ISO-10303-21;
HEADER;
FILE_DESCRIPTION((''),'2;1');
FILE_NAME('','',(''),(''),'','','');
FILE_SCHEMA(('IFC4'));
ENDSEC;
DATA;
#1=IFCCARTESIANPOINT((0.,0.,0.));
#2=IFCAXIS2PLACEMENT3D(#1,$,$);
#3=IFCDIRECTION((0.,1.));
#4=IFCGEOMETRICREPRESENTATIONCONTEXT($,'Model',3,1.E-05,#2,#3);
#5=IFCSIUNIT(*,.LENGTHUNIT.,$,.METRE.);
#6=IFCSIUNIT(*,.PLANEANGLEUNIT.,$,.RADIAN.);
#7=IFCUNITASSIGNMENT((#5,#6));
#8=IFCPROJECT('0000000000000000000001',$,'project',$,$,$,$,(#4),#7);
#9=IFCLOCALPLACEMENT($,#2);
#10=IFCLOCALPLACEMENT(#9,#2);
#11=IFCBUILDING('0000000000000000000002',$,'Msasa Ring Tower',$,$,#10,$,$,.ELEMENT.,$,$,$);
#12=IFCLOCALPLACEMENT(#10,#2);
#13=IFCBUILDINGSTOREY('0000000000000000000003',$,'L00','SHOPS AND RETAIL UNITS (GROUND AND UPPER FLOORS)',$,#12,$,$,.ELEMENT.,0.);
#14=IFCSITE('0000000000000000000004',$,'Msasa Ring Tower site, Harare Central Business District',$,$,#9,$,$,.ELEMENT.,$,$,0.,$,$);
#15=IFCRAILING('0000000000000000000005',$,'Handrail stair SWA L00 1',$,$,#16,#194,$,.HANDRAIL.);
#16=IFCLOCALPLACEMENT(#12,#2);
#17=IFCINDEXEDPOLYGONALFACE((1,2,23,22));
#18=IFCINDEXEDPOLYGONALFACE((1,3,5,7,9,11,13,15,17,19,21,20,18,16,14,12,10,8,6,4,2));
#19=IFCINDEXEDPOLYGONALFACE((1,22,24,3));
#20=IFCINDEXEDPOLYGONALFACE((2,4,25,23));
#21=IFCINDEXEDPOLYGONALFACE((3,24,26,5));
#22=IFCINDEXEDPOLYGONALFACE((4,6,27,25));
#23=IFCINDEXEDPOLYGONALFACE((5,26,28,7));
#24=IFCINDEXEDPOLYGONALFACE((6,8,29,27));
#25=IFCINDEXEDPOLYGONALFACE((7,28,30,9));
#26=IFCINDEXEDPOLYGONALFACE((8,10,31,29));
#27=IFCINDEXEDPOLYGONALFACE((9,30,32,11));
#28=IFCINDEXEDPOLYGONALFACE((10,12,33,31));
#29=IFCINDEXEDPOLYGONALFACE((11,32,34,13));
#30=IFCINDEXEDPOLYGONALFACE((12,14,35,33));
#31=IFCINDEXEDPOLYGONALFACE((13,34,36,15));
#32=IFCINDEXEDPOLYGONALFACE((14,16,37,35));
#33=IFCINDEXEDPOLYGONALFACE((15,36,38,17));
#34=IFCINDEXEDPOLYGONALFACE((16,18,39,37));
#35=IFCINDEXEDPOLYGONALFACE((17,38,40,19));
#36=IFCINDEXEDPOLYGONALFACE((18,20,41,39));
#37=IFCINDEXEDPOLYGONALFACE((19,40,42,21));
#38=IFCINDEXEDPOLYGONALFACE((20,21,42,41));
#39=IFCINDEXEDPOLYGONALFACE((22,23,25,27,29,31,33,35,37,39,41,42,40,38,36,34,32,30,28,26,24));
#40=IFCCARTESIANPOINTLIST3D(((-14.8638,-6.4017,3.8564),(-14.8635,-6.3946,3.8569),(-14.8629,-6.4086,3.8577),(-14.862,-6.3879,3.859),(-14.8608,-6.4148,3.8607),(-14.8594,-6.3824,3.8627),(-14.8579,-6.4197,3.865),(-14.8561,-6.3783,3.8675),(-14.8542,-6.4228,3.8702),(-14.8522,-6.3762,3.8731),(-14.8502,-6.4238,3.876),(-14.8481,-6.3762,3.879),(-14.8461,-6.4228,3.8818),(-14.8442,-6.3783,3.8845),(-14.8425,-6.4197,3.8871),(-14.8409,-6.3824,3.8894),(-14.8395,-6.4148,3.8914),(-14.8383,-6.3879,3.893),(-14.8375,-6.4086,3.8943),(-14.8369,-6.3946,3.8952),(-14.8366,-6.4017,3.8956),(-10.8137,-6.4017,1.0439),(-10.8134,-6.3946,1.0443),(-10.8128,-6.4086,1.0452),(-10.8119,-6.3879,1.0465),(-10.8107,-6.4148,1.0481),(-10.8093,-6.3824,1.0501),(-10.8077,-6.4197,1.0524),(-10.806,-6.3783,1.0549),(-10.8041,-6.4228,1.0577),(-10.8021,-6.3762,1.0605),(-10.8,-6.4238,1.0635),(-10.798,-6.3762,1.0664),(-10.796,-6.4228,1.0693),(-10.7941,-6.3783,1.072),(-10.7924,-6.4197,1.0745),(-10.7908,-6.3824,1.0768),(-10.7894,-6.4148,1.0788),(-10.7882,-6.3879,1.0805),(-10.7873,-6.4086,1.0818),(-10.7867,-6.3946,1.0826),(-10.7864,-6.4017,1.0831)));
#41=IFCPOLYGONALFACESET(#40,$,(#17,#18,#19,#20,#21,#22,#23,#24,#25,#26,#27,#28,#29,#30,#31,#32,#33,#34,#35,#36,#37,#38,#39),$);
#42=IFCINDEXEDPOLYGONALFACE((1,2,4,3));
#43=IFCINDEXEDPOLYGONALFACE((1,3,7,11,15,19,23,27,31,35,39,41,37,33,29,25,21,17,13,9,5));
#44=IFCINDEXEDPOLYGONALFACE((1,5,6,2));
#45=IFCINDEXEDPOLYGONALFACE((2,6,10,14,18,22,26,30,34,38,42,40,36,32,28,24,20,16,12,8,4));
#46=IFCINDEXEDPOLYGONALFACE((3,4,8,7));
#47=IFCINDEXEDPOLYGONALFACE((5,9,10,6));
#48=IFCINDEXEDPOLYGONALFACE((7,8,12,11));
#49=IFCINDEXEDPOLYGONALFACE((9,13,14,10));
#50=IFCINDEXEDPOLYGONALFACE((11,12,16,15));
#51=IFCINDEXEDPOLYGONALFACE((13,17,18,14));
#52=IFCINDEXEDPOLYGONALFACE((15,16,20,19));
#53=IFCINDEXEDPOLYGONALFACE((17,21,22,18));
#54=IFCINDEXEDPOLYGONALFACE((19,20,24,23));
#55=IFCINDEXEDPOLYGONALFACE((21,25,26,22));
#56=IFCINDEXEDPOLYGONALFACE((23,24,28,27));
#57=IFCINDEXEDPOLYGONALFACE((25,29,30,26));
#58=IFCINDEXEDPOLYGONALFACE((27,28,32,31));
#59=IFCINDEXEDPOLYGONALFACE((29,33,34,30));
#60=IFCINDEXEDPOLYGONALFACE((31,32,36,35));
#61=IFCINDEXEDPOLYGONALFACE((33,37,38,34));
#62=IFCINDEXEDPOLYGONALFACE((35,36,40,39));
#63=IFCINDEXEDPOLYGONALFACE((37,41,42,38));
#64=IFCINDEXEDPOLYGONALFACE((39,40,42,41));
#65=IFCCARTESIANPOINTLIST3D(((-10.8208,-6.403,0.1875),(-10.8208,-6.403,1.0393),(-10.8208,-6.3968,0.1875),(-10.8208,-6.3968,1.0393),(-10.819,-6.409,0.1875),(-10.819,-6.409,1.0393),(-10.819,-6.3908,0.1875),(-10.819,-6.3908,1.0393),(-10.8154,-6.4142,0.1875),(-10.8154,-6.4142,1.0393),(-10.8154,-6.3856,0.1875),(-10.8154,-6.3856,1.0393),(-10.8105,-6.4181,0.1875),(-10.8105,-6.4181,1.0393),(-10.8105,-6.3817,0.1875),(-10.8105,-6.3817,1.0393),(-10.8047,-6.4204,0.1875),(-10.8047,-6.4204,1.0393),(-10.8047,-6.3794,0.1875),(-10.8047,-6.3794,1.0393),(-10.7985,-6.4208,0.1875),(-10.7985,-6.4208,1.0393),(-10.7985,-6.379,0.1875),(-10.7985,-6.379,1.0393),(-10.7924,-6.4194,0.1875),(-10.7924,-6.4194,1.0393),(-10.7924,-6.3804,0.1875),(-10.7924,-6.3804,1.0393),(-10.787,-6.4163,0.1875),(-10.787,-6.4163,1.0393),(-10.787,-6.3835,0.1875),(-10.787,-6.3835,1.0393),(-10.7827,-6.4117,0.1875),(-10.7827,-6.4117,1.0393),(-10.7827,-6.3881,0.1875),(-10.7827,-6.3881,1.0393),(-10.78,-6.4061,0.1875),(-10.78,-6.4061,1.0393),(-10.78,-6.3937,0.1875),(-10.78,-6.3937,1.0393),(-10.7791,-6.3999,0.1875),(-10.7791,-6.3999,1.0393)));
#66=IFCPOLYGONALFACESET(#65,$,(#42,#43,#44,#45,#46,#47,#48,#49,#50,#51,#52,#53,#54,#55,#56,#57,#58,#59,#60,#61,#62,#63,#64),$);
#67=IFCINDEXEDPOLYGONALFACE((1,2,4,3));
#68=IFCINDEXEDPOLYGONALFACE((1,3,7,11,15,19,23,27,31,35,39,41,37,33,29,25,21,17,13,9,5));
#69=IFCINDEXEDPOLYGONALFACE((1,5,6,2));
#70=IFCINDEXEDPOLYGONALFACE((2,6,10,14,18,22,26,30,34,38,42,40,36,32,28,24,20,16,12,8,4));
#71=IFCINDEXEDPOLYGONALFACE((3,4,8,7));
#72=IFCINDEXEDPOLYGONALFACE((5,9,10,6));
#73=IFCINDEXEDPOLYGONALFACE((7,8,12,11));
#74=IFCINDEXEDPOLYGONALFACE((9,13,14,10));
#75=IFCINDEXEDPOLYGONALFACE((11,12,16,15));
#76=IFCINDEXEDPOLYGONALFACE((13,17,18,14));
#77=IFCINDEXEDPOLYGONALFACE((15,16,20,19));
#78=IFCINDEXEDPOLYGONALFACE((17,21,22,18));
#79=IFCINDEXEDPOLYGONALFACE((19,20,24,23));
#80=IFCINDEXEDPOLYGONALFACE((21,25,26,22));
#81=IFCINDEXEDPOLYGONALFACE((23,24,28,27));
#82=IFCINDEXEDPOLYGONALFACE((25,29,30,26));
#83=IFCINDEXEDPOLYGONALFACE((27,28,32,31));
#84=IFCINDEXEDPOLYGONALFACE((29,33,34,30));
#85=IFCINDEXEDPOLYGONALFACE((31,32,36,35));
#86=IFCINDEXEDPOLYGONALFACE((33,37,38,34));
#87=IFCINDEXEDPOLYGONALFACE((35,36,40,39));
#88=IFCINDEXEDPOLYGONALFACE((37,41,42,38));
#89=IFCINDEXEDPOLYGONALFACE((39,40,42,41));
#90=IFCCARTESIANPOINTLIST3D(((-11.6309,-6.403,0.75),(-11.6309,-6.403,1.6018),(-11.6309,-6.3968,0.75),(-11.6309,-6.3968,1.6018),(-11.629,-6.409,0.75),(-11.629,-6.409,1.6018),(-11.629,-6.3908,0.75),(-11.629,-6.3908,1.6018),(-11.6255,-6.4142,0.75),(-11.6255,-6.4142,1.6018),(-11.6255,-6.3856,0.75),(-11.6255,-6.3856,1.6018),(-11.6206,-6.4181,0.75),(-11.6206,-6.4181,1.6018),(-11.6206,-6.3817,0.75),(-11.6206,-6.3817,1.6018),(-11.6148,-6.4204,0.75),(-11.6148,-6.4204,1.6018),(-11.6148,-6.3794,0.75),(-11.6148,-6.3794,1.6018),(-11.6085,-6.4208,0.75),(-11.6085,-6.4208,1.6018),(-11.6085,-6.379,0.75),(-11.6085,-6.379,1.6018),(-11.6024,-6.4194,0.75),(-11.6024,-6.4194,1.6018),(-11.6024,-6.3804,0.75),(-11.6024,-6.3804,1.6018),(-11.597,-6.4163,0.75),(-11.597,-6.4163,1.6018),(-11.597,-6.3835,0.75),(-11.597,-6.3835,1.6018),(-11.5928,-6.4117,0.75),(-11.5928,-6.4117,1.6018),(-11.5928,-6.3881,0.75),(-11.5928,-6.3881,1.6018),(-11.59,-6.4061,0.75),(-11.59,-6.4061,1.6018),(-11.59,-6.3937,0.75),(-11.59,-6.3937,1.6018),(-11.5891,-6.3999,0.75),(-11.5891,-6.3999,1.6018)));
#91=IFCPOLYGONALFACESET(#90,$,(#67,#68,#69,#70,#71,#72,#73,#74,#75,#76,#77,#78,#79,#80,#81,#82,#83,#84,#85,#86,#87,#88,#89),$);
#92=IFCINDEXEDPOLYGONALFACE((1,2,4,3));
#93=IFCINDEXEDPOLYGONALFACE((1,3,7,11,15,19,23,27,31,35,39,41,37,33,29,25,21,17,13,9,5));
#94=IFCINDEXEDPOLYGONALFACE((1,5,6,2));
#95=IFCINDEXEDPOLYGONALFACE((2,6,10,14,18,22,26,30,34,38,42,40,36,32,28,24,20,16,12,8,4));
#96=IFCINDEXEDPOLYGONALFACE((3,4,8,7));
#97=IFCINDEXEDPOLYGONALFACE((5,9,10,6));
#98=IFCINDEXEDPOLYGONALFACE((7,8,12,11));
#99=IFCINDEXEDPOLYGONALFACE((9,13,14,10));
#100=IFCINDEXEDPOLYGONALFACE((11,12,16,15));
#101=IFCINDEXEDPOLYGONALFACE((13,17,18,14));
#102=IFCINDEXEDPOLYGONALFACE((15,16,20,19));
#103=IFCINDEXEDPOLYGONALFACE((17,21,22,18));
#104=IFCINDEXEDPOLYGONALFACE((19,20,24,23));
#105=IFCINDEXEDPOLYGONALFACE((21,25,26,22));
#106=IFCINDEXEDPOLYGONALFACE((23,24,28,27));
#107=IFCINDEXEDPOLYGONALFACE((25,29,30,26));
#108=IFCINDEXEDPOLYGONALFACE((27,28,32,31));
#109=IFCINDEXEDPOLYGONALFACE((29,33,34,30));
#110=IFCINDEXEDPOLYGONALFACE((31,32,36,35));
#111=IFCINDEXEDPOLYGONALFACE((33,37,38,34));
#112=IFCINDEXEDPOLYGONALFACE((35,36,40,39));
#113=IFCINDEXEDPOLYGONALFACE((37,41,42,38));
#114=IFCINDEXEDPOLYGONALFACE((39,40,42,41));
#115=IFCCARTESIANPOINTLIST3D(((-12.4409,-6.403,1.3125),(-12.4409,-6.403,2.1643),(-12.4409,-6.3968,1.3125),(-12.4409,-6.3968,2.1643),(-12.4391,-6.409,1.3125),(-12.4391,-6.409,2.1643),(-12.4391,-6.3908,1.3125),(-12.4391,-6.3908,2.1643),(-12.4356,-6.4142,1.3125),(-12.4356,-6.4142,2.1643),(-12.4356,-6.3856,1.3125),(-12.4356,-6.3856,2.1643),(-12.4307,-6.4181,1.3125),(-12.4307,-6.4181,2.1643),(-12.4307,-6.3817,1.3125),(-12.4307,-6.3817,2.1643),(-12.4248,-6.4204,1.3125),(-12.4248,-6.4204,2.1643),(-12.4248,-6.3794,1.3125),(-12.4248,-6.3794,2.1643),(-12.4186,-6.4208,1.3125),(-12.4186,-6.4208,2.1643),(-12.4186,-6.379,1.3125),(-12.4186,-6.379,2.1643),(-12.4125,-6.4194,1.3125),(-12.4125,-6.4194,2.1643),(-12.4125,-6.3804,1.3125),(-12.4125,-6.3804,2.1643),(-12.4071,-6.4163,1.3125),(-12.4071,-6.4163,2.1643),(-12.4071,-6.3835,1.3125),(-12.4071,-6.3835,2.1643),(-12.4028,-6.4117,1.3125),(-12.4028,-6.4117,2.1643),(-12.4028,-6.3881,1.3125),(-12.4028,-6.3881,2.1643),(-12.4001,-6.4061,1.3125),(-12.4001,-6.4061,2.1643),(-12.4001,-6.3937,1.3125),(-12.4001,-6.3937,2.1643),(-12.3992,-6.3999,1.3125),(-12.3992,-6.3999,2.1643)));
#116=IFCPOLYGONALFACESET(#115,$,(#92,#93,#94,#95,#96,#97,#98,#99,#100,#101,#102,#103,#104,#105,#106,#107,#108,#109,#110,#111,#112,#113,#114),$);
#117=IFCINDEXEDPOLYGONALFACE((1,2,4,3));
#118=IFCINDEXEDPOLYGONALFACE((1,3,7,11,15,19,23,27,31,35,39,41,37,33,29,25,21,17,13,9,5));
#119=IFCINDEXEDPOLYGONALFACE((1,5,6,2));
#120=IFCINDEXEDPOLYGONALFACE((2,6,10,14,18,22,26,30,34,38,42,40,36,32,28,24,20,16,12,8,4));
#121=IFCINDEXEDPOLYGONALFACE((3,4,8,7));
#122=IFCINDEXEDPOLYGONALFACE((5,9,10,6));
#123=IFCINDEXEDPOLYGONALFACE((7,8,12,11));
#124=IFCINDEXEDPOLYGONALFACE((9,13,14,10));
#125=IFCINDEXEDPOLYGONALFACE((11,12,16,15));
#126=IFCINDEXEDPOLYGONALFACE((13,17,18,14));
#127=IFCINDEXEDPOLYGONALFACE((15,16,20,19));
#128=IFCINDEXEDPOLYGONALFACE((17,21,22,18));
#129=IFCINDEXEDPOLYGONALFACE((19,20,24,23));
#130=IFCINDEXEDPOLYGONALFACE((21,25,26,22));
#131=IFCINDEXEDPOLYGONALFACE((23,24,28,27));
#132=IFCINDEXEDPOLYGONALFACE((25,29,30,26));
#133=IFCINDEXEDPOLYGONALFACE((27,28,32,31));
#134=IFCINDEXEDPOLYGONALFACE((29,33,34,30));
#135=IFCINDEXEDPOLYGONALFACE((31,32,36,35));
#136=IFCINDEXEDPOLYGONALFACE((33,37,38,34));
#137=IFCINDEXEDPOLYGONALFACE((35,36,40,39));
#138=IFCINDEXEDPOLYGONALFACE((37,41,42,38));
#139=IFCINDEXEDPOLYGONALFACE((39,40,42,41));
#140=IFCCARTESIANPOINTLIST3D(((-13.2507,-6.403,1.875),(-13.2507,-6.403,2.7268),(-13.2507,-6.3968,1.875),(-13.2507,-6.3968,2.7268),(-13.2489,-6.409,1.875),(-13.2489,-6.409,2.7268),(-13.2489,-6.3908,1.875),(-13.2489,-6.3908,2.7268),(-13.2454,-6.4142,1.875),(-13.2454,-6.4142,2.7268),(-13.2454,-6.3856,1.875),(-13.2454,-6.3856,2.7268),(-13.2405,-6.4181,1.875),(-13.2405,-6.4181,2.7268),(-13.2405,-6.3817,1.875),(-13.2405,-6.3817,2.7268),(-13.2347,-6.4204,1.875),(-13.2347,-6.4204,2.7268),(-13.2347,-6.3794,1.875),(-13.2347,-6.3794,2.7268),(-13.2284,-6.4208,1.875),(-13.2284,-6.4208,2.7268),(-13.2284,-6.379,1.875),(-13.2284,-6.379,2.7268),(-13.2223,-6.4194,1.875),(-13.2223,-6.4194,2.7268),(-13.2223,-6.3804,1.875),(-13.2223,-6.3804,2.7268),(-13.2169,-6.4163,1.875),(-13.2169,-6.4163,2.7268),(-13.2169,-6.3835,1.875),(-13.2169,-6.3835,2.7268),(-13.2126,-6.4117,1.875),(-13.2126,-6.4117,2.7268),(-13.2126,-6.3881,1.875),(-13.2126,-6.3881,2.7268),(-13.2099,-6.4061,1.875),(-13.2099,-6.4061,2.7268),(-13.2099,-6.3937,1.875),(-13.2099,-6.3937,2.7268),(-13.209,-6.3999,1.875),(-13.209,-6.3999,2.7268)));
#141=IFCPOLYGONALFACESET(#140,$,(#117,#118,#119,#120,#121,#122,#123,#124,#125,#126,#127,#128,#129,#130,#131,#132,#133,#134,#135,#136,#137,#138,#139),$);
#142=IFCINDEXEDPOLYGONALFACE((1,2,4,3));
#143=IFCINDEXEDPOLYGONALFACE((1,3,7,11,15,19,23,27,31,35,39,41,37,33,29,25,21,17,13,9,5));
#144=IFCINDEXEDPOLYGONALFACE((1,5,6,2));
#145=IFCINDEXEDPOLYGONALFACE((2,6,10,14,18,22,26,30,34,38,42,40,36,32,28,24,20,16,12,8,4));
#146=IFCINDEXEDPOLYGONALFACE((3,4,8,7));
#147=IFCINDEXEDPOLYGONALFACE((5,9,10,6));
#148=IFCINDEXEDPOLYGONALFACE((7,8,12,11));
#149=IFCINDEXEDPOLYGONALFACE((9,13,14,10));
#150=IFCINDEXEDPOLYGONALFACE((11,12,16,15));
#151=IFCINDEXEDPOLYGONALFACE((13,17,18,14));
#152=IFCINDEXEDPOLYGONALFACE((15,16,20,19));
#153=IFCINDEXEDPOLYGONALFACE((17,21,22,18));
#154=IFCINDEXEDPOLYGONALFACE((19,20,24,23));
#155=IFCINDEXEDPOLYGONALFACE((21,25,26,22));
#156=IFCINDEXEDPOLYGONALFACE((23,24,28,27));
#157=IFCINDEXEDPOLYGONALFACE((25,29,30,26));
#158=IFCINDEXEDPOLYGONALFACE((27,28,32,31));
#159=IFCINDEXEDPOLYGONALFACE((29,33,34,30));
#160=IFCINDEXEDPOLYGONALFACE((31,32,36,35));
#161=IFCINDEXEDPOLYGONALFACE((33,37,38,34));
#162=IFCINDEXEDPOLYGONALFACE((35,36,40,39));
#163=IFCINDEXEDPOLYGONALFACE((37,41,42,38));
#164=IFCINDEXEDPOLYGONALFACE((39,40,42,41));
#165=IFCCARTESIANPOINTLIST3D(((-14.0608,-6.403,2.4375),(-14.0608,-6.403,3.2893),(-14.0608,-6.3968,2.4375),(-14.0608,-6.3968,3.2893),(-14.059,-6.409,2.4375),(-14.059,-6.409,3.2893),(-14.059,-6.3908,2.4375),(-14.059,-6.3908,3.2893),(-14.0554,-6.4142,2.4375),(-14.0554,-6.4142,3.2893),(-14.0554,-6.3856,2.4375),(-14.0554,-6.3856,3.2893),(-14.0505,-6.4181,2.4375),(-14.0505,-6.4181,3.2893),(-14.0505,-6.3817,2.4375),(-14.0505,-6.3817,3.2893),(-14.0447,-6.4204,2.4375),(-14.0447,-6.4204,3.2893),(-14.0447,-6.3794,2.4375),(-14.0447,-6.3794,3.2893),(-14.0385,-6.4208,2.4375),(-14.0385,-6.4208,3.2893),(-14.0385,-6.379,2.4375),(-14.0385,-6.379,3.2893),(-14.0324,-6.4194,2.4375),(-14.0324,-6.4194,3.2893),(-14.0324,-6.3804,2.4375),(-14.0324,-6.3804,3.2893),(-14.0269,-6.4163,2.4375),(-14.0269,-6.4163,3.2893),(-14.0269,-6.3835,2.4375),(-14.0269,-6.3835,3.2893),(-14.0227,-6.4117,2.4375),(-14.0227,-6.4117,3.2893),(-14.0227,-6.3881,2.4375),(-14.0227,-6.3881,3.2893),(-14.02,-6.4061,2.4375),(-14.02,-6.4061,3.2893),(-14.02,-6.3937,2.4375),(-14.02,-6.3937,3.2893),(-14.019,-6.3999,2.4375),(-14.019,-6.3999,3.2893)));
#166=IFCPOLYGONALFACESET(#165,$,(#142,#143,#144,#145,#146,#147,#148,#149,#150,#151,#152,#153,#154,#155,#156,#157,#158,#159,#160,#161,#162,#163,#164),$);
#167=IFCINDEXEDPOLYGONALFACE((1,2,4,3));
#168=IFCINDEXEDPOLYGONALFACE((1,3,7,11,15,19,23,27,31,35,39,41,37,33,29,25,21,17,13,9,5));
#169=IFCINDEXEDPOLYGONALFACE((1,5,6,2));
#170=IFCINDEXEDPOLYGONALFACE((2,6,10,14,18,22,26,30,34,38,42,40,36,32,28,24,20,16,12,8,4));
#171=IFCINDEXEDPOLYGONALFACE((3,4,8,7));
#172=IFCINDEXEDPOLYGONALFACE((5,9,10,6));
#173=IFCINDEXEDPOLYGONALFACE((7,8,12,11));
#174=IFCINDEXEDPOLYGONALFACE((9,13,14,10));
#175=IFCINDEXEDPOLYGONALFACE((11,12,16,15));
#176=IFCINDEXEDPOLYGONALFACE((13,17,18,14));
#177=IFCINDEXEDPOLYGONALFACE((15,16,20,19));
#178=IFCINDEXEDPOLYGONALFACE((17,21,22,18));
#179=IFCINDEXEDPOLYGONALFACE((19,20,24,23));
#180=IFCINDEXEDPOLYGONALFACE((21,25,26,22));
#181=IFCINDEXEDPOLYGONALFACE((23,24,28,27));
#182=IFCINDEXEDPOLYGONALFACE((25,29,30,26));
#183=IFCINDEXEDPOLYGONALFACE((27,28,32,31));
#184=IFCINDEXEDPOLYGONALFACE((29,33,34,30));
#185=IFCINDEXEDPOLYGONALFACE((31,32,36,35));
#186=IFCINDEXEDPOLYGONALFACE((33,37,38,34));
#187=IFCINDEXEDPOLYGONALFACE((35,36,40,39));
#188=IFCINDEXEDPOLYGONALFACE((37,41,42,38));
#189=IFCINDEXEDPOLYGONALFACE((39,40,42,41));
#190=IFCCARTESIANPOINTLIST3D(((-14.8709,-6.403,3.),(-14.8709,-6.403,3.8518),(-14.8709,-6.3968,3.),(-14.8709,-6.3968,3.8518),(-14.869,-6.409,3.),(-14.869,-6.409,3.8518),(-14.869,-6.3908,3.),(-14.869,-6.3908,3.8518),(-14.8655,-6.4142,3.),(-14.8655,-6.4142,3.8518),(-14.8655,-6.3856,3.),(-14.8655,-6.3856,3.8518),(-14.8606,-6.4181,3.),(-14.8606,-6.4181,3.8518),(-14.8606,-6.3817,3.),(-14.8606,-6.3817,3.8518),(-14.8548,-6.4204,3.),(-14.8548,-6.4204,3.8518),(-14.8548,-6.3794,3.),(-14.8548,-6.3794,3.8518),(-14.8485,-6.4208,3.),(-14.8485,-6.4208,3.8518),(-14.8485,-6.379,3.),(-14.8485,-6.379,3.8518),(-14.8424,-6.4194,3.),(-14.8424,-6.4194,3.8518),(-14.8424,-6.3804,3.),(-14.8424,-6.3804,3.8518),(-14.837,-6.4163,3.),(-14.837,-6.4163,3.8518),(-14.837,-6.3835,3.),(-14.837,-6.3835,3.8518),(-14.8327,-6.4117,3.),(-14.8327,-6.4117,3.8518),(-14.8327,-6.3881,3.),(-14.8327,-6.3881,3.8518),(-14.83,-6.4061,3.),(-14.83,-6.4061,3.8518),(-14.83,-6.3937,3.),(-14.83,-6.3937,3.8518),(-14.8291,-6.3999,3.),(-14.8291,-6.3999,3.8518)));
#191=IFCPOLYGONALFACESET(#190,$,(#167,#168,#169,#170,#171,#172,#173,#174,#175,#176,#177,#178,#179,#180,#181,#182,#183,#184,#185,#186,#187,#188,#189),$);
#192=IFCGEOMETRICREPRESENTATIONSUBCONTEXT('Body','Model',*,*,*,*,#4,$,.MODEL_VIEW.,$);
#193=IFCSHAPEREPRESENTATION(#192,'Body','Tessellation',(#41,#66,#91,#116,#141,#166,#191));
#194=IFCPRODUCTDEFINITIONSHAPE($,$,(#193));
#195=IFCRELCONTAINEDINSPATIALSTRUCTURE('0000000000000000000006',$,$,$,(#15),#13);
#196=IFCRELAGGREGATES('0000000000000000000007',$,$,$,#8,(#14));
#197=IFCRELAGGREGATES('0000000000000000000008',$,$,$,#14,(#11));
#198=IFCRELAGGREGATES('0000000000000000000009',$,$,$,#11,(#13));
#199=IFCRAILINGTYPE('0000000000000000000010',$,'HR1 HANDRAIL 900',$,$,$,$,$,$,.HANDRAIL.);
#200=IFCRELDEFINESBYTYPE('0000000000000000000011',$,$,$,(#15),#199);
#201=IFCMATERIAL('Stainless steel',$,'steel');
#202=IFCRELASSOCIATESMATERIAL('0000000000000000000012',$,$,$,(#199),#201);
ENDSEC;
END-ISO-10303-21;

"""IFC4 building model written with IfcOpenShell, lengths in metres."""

from ifc_helpers import new_model, si_unit, direction, frame, origin, origin_2d, place, context, subcontext, project, spatial, circle, extrude, material, type_object, element, save


model = new_model("IFC4")

# Units and contexts
model_context = context("Model", 3, precision=1e-05, world=origin(), true_north=direction((0.0, 1.0)))
body_context = subcontext(model_context, "Body", "Model", "MODEL_VIEW")
ifc_project = project(units=[si_unit("LENGTHUNIT", "METRE"), si_unit("PLANEANGLEUNIT", "RADIAN")], contexts=[model_context])

# Site, building, storey
site_placement = place(None, origin())
site = spatial("IfcSite", under=ifc_project, at=site_placement, Name="Msasa Ring Tower site, Harare Central Business District", CompositionType="ELEMENT", RefElevation=0.0)
building_placement = place(site_placement, origin())
building = spatial("IfcBuilding", under=site, at=building_placement, Name="Msasa Ring Tower", CompositionType="ELEMENT")
storey_placement = place(building_placement, origin())
storey = spatial("IfcBuildingStorey", under=building, at=storey_placement, Name="L00", Description="SHOPS AND RETAIL UNITS (GROUND AND UPPER FLOORS)", CompositionType="ELEMENT", Elevation=0.0)

# Railing
ifc_material_1 = material(Name="Stainless steel", Category="steel")
railing_type = type_object("IfcRailingType", Name="HR1 HANDRAIL 900", PredefinedType="HANDRAIL", material=ifc_material_1)
for number, where, name in (
    (1, (-10.8, -6.3999, 0.1875), "Handrail stair SWA L00 1"),
):
    element("IfcRailing", number, at=place(storey_placement, frame(where)), inside=storey, type_object=railing_type, Name=name, PredefinedType="HANDRAIL", context=body_context, shape_type="SweptSolid", body=[
        extrude(circle(Radius=0.0239, at=origin_2d()), frame((0.0, 0.0, 0.876), z_axis=(-0.821373, 0.0, 0.570391), x_axis=(0.0, -1.0, 0.0)), (0.0, 0.0, 1.0), 4.9309),
        extrude(circle(Radius=0.021, at=origin_2d()), origin(), (0.0, 0.0, 1.0), 0.8518),
        extrude(circle(Radius=0.021, at=origin_2d()), frame((-0.8101, 0.0, 0.5625)), (0.0, 0.0, 1.0), 0.8518),
        extrude(circle(Radius=0.021, at=origin_2d()), frame((-1.6201, 0.0, 1.125)), (0.0, 0.0, 1.0), 0.8518),
        extrude(circle(Radius=0.021, at=origin_2d()), frame((-2.4299, 0.0, 1.6875)), (0.0, 0.0, 1.0), 0.8518),
        extrude(circle(Radius=0.021, at=origin_2d()), frame((-3.24, 0.0, 2.25)), (0.0, 0.0, 1.0), 0.8518),
        extrude(circle(Radius=0.021, at=origin_2d()), frame((-4.05, 0.0, 2.8125)), (0.0, 0.0, 1.0), 0.8518),
    ])

save(model, "model.ifc")
